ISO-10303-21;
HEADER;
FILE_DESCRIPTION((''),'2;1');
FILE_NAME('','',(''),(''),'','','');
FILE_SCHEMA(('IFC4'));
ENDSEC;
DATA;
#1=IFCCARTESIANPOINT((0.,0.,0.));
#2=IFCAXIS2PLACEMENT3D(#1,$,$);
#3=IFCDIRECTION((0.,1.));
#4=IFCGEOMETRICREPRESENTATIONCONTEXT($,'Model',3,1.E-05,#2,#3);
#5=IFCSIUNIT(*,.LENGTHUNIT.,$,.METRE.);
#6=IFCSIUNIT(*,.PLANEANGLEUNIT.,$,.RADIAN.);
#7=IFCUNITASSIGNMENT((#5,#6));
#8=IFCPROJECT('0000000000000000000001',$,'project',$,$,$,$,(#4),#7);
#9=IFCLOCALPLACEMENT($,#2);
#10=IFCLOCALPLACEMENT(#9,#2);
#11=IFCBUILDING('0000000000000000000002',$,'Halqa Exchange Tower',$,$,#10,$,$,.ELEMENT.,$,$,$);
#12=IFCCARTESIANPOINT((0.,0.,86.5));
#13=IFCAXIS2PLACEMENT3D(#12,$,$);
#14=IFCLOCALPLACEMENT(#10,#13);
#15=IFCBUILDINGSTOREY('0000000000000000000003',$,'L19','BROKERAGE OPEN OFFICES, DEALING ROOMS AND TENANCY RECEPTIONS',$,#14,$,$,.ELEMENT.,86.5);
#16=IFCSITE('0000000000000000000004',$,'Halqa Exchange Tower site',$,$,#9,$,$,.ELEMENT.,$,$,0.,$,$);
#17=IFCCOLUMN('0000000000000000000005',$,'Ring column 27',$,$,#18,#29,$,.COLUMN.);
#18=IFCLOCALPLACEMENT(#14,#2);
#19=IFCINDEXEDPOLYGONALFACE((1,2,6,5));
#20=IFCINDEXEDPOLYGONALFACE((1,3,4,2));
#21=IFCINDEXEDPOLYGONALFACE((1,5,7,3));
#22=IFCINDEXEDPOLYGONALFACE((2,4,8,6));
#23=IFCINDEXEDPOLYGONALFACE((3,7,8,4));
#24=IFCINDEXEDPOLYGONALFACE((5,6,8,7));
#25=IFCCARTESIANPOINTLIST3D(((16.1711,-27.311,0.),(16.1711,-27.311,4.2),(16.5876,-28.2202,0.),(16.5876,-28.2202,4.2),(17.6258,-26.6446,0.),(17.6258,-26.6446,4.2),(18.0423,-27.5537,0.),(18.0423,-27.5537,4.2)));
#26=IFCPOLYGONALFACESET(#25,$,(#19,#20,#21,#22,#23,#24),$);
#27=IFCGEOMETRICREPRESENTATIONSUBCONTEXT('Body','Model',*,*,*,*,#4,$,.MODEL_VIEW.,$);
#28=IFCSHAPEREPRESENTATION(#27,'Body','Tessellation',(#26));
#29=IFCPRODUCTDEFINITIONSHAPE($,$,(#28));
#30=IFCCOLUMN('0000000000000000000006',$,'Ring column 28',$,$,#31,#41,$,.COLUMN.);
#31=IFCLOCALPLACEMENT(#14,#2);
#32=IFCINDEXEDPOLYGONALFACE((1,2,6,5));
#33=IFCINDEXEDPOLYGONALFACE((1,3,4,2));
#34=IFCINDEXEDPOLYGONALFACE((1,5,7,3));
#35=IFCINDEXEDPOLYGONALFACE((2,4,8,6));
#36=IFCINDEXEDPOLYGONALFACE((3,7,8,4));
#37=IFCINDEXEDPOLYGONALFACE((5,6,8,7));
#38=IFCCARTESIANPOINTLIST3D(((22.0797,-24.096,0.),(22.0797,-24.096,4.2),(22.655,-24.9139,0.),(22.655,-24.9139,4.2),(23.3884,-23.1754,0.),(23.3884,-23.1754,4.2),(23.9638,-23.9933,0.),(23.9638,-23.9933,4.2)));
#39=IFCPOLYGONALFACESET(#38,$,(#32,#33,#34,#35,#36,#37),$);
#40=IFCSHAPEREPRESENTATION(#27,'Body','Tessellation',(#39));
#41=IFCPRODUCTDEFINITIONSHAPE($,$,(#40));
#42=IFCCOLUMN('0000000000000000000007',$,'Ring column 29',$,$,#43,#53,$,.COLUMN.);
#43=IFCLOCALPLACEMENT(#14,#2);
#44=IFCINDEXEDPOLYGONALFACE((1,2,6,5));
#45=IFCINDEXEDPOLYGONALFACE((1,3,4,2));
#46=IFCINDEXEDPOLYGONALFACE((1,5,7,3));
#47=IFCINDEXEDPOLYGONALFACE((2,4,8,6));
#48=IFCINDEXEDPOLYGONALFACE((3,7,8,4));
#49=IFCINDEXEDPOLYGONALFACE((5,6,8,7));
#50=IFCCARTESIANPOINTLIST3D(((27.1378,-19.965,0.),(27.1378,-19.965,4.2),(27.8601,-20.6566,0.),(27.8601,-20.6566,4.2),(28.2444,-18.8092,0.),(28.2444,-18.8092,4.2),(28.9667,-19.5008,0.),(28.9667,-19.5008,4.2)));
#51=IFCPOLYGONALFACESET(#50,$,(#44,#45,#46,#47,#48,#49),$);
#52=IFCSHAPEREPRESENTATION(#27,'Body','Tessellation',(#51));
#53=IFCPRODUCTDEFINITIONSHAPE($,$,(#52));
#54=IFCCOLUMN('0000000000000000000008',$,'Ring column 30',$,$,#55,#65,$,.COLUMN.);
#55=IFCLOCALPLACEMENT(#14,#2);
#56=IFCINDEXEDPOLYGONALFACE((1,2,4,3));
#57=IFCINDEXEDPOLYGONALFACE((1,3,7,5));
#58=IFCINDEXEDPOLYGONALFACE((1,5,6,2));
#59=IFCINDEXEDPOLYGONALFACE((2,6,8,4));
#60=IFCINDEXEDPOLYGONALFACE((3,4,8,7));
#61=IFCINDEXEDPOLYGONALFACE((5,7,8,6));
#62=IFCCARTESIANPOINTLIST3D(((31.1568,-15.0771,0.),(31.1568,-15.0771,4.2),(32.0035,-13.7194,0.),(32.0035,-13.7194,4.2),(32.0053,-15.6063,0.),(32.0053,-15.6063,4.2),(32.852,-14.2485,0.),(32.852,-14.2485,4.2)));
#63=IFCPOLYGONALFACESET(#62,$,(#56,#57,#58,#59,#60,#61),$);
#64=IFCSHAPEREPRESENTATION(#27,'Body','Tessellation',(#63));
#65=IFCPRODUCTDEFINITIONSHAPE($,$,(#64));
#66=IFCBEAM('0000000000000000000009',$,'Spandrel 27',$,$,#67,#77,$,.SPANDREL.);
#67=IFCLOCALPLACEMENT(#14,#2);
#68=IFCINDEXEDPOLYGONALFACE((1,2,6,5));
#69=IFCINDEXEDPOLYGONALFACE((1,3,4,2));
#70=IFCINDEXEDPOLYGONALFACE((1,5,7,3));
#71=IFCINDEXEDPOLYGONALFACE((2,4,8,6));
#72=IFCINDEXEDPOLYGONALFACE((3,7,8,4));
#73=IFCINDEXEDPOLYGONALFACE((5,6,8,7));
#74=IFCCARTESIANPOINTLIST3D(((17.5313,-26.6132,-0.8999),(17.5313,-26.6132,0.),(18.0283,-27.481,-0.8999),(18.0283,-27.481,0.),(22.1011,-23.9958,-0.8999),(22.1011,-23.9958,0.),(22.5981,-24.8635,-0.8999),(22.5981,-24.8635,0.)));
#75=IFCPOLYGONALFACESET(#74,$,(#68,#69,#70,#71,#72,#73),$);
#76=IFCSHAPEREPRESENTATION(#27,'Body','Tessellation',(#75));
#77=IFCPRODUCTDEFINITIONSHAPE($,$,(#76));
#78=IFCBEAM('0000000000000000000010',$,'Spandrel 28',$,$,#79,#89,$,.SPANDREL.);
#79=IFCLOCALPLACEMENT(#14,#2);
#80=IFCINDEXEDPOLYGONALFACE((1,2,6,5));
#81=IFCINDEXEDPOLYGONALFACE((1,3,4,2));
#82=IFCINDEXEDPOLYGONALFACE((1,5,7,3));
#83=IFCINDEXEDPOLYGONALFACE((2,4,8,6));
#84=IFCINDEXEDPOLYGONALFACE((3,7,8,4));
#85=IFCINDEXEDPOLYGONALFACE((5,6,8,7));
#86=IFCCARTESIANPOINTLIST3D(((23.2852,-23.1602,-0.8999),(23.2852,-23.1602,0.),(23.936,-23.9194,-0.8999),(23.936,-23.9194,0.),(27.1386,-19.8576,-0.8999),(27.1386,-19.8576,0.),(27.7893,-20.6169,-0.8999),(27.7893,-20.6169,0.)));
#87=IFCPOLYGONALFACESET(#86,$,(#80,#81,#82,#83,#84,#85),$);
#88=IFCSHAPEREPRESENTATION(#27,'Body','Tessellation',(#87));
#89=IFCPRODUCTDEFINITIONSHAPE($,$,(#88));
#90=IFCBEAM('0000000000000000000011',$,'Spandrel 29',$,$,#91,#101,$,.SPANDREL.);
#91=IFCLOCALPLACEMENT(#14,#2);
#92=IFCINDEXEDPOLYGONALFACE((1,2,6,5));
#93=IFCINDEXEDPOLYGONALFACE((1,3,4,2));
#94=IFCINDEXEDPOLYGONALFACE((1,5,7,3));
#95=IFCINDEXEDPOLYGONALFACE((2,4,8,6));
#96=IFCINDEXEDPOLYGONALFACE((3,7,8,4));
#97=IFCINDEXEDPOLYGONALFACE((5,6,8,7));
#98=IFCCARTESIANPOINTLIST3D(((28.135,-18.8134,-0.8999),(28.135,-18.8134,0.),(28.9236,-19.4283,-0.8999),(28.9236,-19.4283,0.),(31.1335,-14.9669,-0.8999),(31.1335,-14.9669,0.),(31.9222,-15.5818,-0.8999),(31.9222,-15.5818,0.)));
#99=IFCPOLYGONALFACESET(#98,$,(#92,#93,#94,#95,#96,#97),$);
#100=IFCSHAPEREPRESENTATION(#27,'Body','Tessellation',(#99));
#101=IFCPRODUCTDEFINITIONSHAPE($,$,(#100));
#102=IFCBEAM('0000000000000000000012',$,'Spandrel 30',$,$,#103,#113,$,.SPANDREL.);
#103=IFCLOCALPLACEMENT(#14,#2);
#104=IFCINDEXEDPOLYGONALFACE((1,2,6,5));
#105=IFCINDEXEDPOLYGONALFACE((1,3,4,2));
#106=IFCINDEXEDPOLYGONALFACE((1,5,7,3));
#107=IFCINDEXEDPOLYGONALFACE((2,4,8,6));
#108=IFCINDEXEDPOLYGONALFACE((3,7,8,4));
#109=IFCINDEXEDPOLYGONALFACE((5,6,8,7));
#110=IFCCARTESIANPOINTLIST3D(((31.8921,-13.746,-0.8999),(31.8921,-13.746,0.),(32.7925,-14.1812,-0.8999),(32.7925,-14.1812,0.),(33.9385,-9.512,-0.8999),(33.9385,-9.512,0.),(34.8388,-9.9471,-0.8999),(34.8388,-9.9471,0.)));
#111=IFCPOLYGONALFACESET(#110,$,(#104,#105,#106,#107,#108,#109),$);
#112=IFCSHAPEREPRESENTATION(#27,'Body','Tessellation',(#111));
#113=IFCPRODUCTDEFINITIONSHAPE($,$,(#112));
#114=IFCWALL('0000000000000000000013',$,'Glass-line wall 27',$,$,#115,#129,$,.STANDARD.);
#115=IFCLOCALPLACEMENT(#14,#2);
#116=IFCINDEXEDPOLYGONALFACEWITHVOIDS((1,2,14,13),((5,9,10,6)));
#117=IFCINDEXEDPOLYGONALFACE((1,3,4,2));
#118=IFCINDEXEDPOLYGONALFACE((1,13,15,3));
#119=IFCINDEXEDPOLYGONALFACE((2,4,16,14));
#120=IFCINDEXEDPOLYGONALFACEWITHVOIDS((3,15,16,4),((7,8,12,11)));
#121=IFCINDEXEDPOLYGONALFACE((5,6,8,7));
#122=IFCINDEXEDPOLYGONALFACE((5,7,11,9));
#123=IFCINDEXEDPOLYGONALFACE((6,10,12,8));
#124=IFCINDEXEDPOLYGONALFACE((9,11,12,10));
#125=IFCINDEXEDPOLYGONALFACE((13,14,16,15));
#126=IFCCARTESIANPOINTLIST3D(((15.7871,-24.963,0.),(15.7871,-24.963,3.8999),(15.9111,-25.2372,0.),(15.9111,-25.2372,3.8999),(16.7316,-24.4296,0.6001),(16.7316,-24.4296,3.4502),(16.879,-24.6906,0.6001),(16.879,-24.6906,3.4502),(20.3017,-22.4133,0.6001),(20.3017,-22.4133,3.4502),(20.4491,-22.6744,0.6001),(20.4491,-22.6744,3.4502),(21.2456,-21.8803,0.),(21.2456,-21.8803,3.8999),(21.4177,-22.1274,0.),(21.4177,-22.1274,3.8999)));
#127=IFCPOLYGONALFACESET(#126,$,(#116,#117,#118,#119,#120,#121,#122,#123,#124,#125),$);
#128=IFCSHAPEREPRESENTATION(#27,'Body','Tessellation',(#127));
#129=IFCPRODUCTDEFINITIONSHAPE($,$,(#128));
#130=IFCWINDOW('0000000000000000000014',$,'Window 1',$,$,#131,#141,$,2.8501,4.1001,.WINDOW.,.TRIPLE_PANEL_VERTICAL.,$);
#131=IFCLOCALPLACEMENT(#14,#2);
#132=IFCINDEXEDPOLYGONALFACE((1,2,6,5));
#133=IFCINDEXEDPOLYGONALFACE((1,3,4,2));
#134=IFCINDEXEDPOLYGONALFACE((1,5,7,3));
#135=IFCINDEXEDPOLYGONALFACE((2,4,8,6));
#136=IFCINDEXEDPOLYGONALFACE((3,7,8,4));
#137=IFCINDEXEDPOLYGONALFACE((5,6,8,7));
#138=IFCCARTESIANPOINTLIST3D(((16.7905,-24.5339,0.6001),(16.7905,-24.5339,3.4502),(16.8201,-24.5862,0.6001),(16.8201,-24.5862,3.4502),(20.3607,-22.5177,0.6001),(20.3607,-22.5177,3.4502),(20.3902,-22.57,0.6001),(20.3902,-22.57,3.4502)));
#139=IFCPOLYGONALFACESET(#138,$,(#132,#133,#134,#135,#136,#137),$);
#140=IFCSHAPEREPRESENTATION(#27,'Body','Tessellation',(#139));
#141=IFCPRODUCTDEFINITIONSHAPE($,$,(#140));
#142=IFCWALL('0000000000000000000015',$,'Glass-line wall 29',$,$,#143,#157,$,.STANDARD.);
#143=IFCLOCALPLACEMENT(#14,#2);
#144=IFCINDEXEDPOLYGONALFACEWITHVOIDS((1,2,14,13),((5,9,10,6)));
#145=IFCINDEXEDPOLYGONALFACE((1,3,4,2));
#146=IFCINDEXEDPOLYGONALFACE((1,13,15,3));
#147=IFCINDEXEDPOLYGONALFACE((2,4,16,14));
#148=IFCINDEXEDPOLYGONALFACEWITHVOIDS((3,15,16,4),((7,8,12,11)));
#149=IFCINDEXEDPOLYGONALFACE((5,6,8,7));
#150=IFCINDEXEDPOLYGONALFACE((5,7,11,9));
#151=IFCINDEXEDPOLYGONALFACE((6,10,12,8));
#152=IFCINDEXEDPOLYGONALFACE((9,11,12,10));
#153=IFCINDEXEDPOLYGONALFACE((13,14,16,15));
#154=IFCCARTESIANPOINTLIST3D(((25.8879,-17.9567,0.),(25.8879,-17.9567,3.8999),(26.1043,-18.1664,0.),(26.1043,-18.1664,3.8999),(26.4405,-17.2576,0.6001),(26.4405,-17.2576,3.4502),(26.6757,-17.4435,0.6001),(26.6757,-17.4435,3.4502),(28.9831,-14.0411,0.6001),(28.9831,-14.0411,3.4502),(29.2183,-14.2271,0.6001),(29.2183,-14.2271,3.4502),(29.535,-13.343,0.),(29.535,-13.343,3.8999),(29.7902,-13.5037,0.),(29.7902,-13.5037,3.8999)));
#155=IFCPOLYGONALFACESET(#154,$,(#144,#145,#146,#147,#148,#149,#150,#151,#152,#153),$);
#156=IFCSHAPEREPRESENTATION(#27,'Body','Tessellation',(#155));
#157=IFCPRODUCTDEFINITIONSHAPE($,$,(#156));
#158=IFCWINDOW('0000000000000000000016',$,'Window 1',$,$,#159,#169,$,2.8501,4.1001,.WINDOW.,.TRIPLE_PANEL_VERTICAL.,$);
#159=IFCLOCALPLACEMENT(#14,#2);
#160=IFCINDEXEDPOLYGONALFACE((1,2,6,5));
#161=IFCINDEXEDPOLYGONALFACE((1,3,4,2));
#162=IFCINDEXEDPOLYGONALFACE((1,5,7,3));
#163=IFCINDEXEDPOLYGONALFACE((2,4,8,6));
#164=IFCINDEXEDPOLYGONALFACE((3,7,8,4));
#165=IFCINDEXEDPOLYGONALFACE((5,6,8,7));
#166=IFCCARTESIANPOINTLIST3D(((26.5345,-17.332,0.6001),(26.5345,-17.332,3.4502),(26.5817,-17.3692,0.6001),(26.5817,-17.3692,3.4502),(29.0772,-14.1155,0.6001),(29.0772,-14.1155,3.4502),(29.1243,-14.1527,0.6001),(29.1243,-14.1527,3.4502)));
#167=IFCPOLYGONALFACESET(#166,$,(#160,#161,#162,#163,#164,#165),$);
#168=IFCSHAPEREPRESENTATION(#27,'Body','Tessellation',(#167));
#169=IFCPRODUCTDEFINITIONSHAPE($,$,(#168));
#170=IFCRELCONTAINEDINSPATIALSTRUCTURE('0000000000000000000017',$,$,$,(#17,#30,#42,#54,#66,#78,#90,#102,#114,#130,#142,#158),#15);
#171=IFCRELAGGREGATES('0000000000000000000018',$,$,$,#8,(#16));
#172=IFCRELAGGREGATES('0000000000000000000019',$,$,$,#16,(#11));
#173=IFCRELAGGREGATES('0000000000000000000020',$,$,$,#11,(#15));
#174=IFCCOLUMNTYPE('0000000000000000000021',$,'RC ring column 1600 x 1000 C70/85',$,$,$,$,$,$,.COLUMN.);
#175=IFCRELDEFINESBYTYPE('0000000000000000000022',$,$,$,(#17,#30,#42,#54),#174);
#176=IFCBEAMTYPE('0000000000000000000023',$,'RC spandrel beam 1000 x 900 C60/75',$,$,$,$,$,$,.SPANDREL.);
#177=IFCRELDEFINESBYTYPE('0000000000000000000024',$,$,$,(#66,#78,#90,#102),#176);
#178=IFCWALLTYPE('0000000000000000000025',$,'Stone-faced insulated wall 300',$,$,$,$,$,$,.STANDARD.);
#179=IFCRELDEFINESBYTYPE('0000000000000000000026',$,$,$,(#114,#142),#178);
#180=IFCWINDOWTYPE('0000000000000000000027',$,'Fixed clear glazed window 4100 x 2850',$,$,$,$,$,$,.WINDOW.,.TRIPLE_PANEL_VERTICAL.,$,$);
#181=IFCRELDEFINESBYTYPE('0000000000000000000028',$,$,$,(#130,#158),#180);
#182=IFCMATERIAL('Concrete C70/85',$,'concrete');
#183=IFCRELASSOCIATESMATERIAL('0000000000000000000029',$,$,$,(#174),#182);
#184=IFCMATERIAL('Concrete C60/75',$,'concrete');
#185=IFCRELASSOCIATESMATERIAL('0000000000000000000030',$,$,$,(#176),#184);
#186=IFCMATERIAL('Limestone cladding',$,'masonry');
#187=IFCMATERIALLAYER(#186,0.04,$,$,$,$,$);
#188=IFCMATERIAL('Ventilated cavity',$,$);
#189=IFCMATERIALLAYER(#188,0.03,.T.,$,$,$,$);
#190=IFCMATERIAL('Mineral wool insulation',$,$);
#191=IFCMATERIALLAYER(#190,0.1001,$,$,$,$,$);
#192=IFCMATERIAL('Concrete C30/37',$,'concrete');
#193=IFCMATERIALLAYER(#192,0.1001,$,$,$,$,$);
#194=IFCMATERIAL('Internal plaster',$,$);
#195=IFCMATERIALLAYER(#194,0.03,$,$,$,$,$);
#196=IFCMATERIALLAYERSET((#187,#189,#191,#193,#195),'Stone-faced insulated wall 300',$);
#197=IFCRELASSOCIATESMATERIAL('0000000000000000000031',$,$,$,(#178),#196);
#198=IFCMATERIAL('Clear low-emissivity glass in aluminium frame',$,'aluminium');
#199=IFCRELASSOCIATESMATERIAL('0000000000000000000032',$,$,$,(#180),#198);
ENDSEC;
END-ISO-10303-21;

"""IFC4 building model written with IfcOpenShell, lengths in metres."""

from ifc_helpers import new_model, si_unit, direction, frame, frame_2d, origin, origin_2d, place, context, subcontext, project, spatial, polyline, rectangle, outline, extrude, material, layer, layer_set, material_profile, profile_set, type_object, element, fill, save


model = new_model("IFC4")

# Units and contexts
model_context = context("Model", 3, precision=1e-05, world=origin(), true_north=direction((0.0, 1.0)))
body_context = subcontext(model_context, "Body", "Model", "MODEL_VIEW")
ifc_project = project(units=[si_unit("LENGTHUNIT", "METRE"), si_unit("PLANEANGLEUNIT", "RADIAN")], contexts=[model_context])

# Site, building, storey
site_placement = place(None, origin())
site = spatial("IfcSite", under=ifc_project, at=site_placement, Name="Halqa Exchange Tower site", CompositionType="ELEMENT", RefElevation=0.0)
building_placement = place(site_placement, origin())
building = spatial("IfcBuilding", under=site, at=building_placement, Name="Halqa Exchange Tower", CompositionType="ELEMENT")
storey_placement = place(building_placement, frame((0.0, 0.0, 86.5)))
storey = spatial("IfcBuildingStorey", under=building, at=storey_placement, Name="L19", Description="BROKERAGE OPEN OFFICES, DEALING ROOMS AND TENANCY RECEPTIONS", CompositionType="ELEMENT", Elevation=86.5)

# Columns
ifc_material_1 = material(Name="Concrete C70/85", Category="concrete")
ifc_material_profile_1 = material_profile(ifc_material_1, rectangle(XDim=1.6001, YDim=1.0, at=origin_2d()), Name="1600 x 1000")
ifc_profile_set_1 = profile_set([ifc_material_profile_1], Name="Concrete C70/85")
column_type = type_object("IfcColumnType", Name="RC ring column 1600 x 1000 C70/85", PredefinedType="COLUMN", material=ifc_profile_set_1)
for number, where, z_axis, x_axis, name in (
    (1, (17.1067, -27.4324, 0.0), (0.0, 0.0, 1.0), (0.909126, 0.41652, 0.0), "Ring column 27"),
    (2, (23.0217, -24.0447, 0.0), (0.0, 0.0, 1.0), (0.817909, 0.575348, 0.0), "Ring column 28"),
    (3, (28.0522, -19.7329, 0.0), (0.0, 0.0, 1.0), (0.691576, 0.722304, 0.0), "Ring column 29"),
    (4, (32.0044, -14.6628, 0.0), (0.0, 0.0, 1.0), (0.52914, 0.848534, 0.0), "Ring column 30"),
):
    element("IfcColumn", number, at=place(storey_placement, frame(where, z_axis=z_axis, x_axis=x_axis)), inside=storey, type_object=column_type, Name=name, PredefinedType="COLUMN", context=body_context, shape_type="SweptSolid", body=[
        extrude(rectangle(XDim=1.6001, YDim=1.0, at=origin_2d()), origin(), (0.0, 0.0, 1.0), 4.2),
    ])

# Beams
ifc_material_2 = material(Name="Concrete C60/75", Category="concrete")
ifc_material_profile_2 = material_profile(ifc_material_2, rectangle(XDim=1.0, YDim=0.8999, at=origin_2d()), Name="1000 x 900")
ifc_profile_set_2 = profile_set([ifc_material_profile_2], Name="Concrete C60/75")
beam_type = type_object("IfcBeamType", Name="RC spandrel beam 1000 x 900 C60/75", PredefinedType="SPANDREL", material=ifc_profile_set_2)
beam_1_placement = place(storey_placement, frame((17.7798, -27.0471, -0.45), z_axis=(0.867743, 0.497012, 0.0), x_axis=(-0.497012, 0.867743, 0.0)))
element("IfcBeam", 5, at=beam_1_placement, inside=storey, type_object=beam_type, Name="Spandrel 27", PredefinedType="SPANDREL", context=body_context, shape_type="SweptSolid", body=[
    extrude(rectangle(XDim=1.0, YDim=0.8999, at=origin_2d()), origin(), (0.0, 0.0, 1.0), 5.2664),
])
beam_2_placement = place(storey_placement, frame((23.6106, -23.5398, -0.45), z_axis=(0.759287, 0.650756, 0.0), x_axis=(-0.650756, 0.759287, 0.0)))
element("IfcBeam", 6, at=beam_2_placement, inside=storey, type_object=beam_type, Name="Spandrel 28", PredefinedType="SPANDREL", context=body_context, shape_type="SweptSolid", body=[
    extrude(rectangle(XDim=1.0, YDim=0.8999, at=origin_2d()), origin(), (0.0, 0.0, 1.0), 5.075),
])
beam_3_placement = place(storey_placement, frame((28.5293, -19.1208, -0.45), z_axis=(0.614817, 0.78867, 0.0), x_axis=(-0.78867, 0.614817, 0.0)))
element("IfcBeam", 7, at=beam_3_placement, inside=storey, type_object=beam_type, Name="Spandrel 29", PredefinedType="SPANDREL", context=body_context, shape_type="SweptSolid", body=[
    extrude(rectangle(XDim=1.0, YDim=0.8999, at=origin_2d()), origin(), (0.0, 0.0, 1.0), 4.8772),
])
beam_4_placement = place(storey_placement, frame((32.3423, -13.9636, -0.45), z_axis=(0.43515, 0.900358, 0.0), x_axis=(-0.900358, 0.43515, 0.0)))
element("IfcBeam", 8, at=beam_4_placement, inside=storey, type_object=beam_type, Name="Spandrel 30", PredefinedType="SPANDREL", context=body_context, shape_type="SweptSolid", body=[
    extrude(rectangle(XDim=1.0, YDim=0.8999, at=origin_2d()), origin(), (0.0, 0.0, 1.0), 4.7026),
])

# Wall, opening, window
ifc_material_3 = material(Name="Limestone cladding", Category="masonry")
ifc_layer_1 = layer(ifc_material_3, 0.04)
ifc_material_4 = material(Name="Ventilated cavity")
ifc_layer_2 = layer(ifc_material_4, 0.03, ventilated=True)
ifc_material_5 = material(Name="Mineral wool insulation")
ifc_layer_3 = layer(ifc_material_5, 0.1001)
ifc_material_6 = material(Name="Concrete C30/37", Category="concrete")
ifc_layer_4 = layer(ifc_material_6, 0.1001)
ifc_material_7 = material(Name="Internal plaster")
ifc_layer_5 = layer(ifc_material_7, 0.03)
ifc_layer_set_1 = layer_set([ifc_layer_1, ifc_layer_2, ifc_layer_3, ifc_layer_4, ifc_layer_5], Name="Stone-faced insulated wall 300")
wall_type_1 = type_object("IfcWallType", Name="Stone-faced insulated wall 300", PredefinedType="STANDARD", material=ifc_layer_set_1)
wall_1_placement = place(storey_placement, frame((15.8491, -25.1001, 0.0), z_axis=(0.0, 0.0, 1.0), x_axis=(0.870738, 0.491748, 0.0)))
wall_1 = element("IfcWall", 9, at=wall_1_placement, inside=storey, type_object=wall_type_1, Name="Glass-line wall 27", PredefinedType="STANDARD", context=body_context, shape_type="SweptSolid", body=[
    extrude(outline(polyline([(-0.0134, -0.1499), (6.3105, -0.1499), (6.2822, 0.1499), (0.0134, 0.1499), (-0.0134, -0.1499)])), origin(), (0.0, 0.0, 1.0), 3.8999),
])
opening_1_placement = place(wall_1_placement, frame((1.0981, 0.0, 0.6001)))
opening_1 = element("IfcOpeningElement", 10, at=opening_1_placement, cuts=wall_1, PredefinedType="OPENING", context=body_context, shape_type="SweptSolid", body=[
    extrude(rectangle(XDim=4.1001, YDim=2.8501, at=frame_2d((2.05, 1.425))), frame((0.0, 0.1621, 0.0), z_axis=(0.0, -1.0, 0.0), x_axis=(1.0, 0.0, 0.0)), (0.0, 0.0, 1.0), 0.324),
])
ifc_material_8 = material(Name="Clear low-emissivity glass in aluminium frame", Category="aluminium")
window_type = type_object("IfcWindowType", Name="Fixed clear glazed window 4100 x 2850", PartitioningType="TRIPLE_PANEL_VERTICAL", PredefinedType="WINDOW", material=ifc_material_8)
window_1_placement = place(opening_1_placement, origin())
window_1 = element("IfcWindow", 11, at=window_1_placement, inside=storey, type_object=window_type, Name="Window 1", OverallHeight=2.8501, OverallWidth=4.1001, PartitioningType="TRIPLE_PANEL_VERTICAL", PredefinedType="WINDOW", context=body_context, shape_type="SweptSolid", body=[
    extrude(rectangle(XDim=4.1001, YDim=2.8501, at=frame_2d((2.05, 1.425))), frame((0.0, 0.03, 0.0), z_axis=(0.0, -1.0, 0.0), x_axis=(1.0, 0.0, 0.0)), (0.0, 0.0, 1.0), 0.0601),
])
fill(opening_1, window_1)

# Wall, opening, window
wall_2_placement = place(storey_placement, frame((25.9961, -18.0615, 0.0), z_axis=(0.0, 0.0, 1.0), x_axis=(0.620142, 0.784489, 0.0)))
wall_2 = element("IfcWall", 12, at=wall_2_placement, inside=storey, type_object=wall_type_1, Name="Glass-line wall 29", PredefinedType="STANDARD", context=body_context, shape_type="SweptSolid", body=[
    extrude(outline(polyline([(-0.0151, -0.1499), (5.9285, -0.1499), (5.8962, 0.1499), (0.0151, 0.1499), (-0.0151, -0.1499)])), origin(), (0.0, 0.0, 1.0), 3.8999),
])
opening_2_placement = place(wall_2_placement, frame((0.9062, 0.0, 0.6001)))
opening_2 = element("IfcOpeningElement", 13, at=opening_2_placement, cuts=wall_2, PredefinedType="OPENING", context=body_context, shape_type="SweptSolid", body=[
    extrude(rectangle(XDim=4.1001, YDim=2.8501, at=frame_2d((2.05, 1.425))), frame((0.0, 0.1621, 0.0), z_axis=(0.0, -1.0, 0.0), x_axis=(1.0, 0.0, 0.0)), (0.0, 0.0, 1.0), 0.324),
])
window_2_placement = place(opening_2_placement, origin())
window_2 = element("IfcWindow", 14, at=window_2_placement, inside=storey, type_object=window_type, Name="Window 1", OverallHeight=2.8501, OverallWidth=4.1001, PartitioningType="TRIPLE_PANEL_VERTICAL", PredefinedType="WINDOW", context=body_context, shape_type="SweptSolid", body=[
    extrude(rectangle(XDim=4.1001, YDim=2.8501, at=frame_2d((2.05, 1.425))), frame((0.0, 0.03, 0.0), z_axis=(0.0, -1.0, 0.0), x_axis=(1.0, 0.0, 0.0)), (0.0, 0.0, 1.0), 0.0601),
])
fill(opening_2, window_2)

save(model, "model.ifc")
